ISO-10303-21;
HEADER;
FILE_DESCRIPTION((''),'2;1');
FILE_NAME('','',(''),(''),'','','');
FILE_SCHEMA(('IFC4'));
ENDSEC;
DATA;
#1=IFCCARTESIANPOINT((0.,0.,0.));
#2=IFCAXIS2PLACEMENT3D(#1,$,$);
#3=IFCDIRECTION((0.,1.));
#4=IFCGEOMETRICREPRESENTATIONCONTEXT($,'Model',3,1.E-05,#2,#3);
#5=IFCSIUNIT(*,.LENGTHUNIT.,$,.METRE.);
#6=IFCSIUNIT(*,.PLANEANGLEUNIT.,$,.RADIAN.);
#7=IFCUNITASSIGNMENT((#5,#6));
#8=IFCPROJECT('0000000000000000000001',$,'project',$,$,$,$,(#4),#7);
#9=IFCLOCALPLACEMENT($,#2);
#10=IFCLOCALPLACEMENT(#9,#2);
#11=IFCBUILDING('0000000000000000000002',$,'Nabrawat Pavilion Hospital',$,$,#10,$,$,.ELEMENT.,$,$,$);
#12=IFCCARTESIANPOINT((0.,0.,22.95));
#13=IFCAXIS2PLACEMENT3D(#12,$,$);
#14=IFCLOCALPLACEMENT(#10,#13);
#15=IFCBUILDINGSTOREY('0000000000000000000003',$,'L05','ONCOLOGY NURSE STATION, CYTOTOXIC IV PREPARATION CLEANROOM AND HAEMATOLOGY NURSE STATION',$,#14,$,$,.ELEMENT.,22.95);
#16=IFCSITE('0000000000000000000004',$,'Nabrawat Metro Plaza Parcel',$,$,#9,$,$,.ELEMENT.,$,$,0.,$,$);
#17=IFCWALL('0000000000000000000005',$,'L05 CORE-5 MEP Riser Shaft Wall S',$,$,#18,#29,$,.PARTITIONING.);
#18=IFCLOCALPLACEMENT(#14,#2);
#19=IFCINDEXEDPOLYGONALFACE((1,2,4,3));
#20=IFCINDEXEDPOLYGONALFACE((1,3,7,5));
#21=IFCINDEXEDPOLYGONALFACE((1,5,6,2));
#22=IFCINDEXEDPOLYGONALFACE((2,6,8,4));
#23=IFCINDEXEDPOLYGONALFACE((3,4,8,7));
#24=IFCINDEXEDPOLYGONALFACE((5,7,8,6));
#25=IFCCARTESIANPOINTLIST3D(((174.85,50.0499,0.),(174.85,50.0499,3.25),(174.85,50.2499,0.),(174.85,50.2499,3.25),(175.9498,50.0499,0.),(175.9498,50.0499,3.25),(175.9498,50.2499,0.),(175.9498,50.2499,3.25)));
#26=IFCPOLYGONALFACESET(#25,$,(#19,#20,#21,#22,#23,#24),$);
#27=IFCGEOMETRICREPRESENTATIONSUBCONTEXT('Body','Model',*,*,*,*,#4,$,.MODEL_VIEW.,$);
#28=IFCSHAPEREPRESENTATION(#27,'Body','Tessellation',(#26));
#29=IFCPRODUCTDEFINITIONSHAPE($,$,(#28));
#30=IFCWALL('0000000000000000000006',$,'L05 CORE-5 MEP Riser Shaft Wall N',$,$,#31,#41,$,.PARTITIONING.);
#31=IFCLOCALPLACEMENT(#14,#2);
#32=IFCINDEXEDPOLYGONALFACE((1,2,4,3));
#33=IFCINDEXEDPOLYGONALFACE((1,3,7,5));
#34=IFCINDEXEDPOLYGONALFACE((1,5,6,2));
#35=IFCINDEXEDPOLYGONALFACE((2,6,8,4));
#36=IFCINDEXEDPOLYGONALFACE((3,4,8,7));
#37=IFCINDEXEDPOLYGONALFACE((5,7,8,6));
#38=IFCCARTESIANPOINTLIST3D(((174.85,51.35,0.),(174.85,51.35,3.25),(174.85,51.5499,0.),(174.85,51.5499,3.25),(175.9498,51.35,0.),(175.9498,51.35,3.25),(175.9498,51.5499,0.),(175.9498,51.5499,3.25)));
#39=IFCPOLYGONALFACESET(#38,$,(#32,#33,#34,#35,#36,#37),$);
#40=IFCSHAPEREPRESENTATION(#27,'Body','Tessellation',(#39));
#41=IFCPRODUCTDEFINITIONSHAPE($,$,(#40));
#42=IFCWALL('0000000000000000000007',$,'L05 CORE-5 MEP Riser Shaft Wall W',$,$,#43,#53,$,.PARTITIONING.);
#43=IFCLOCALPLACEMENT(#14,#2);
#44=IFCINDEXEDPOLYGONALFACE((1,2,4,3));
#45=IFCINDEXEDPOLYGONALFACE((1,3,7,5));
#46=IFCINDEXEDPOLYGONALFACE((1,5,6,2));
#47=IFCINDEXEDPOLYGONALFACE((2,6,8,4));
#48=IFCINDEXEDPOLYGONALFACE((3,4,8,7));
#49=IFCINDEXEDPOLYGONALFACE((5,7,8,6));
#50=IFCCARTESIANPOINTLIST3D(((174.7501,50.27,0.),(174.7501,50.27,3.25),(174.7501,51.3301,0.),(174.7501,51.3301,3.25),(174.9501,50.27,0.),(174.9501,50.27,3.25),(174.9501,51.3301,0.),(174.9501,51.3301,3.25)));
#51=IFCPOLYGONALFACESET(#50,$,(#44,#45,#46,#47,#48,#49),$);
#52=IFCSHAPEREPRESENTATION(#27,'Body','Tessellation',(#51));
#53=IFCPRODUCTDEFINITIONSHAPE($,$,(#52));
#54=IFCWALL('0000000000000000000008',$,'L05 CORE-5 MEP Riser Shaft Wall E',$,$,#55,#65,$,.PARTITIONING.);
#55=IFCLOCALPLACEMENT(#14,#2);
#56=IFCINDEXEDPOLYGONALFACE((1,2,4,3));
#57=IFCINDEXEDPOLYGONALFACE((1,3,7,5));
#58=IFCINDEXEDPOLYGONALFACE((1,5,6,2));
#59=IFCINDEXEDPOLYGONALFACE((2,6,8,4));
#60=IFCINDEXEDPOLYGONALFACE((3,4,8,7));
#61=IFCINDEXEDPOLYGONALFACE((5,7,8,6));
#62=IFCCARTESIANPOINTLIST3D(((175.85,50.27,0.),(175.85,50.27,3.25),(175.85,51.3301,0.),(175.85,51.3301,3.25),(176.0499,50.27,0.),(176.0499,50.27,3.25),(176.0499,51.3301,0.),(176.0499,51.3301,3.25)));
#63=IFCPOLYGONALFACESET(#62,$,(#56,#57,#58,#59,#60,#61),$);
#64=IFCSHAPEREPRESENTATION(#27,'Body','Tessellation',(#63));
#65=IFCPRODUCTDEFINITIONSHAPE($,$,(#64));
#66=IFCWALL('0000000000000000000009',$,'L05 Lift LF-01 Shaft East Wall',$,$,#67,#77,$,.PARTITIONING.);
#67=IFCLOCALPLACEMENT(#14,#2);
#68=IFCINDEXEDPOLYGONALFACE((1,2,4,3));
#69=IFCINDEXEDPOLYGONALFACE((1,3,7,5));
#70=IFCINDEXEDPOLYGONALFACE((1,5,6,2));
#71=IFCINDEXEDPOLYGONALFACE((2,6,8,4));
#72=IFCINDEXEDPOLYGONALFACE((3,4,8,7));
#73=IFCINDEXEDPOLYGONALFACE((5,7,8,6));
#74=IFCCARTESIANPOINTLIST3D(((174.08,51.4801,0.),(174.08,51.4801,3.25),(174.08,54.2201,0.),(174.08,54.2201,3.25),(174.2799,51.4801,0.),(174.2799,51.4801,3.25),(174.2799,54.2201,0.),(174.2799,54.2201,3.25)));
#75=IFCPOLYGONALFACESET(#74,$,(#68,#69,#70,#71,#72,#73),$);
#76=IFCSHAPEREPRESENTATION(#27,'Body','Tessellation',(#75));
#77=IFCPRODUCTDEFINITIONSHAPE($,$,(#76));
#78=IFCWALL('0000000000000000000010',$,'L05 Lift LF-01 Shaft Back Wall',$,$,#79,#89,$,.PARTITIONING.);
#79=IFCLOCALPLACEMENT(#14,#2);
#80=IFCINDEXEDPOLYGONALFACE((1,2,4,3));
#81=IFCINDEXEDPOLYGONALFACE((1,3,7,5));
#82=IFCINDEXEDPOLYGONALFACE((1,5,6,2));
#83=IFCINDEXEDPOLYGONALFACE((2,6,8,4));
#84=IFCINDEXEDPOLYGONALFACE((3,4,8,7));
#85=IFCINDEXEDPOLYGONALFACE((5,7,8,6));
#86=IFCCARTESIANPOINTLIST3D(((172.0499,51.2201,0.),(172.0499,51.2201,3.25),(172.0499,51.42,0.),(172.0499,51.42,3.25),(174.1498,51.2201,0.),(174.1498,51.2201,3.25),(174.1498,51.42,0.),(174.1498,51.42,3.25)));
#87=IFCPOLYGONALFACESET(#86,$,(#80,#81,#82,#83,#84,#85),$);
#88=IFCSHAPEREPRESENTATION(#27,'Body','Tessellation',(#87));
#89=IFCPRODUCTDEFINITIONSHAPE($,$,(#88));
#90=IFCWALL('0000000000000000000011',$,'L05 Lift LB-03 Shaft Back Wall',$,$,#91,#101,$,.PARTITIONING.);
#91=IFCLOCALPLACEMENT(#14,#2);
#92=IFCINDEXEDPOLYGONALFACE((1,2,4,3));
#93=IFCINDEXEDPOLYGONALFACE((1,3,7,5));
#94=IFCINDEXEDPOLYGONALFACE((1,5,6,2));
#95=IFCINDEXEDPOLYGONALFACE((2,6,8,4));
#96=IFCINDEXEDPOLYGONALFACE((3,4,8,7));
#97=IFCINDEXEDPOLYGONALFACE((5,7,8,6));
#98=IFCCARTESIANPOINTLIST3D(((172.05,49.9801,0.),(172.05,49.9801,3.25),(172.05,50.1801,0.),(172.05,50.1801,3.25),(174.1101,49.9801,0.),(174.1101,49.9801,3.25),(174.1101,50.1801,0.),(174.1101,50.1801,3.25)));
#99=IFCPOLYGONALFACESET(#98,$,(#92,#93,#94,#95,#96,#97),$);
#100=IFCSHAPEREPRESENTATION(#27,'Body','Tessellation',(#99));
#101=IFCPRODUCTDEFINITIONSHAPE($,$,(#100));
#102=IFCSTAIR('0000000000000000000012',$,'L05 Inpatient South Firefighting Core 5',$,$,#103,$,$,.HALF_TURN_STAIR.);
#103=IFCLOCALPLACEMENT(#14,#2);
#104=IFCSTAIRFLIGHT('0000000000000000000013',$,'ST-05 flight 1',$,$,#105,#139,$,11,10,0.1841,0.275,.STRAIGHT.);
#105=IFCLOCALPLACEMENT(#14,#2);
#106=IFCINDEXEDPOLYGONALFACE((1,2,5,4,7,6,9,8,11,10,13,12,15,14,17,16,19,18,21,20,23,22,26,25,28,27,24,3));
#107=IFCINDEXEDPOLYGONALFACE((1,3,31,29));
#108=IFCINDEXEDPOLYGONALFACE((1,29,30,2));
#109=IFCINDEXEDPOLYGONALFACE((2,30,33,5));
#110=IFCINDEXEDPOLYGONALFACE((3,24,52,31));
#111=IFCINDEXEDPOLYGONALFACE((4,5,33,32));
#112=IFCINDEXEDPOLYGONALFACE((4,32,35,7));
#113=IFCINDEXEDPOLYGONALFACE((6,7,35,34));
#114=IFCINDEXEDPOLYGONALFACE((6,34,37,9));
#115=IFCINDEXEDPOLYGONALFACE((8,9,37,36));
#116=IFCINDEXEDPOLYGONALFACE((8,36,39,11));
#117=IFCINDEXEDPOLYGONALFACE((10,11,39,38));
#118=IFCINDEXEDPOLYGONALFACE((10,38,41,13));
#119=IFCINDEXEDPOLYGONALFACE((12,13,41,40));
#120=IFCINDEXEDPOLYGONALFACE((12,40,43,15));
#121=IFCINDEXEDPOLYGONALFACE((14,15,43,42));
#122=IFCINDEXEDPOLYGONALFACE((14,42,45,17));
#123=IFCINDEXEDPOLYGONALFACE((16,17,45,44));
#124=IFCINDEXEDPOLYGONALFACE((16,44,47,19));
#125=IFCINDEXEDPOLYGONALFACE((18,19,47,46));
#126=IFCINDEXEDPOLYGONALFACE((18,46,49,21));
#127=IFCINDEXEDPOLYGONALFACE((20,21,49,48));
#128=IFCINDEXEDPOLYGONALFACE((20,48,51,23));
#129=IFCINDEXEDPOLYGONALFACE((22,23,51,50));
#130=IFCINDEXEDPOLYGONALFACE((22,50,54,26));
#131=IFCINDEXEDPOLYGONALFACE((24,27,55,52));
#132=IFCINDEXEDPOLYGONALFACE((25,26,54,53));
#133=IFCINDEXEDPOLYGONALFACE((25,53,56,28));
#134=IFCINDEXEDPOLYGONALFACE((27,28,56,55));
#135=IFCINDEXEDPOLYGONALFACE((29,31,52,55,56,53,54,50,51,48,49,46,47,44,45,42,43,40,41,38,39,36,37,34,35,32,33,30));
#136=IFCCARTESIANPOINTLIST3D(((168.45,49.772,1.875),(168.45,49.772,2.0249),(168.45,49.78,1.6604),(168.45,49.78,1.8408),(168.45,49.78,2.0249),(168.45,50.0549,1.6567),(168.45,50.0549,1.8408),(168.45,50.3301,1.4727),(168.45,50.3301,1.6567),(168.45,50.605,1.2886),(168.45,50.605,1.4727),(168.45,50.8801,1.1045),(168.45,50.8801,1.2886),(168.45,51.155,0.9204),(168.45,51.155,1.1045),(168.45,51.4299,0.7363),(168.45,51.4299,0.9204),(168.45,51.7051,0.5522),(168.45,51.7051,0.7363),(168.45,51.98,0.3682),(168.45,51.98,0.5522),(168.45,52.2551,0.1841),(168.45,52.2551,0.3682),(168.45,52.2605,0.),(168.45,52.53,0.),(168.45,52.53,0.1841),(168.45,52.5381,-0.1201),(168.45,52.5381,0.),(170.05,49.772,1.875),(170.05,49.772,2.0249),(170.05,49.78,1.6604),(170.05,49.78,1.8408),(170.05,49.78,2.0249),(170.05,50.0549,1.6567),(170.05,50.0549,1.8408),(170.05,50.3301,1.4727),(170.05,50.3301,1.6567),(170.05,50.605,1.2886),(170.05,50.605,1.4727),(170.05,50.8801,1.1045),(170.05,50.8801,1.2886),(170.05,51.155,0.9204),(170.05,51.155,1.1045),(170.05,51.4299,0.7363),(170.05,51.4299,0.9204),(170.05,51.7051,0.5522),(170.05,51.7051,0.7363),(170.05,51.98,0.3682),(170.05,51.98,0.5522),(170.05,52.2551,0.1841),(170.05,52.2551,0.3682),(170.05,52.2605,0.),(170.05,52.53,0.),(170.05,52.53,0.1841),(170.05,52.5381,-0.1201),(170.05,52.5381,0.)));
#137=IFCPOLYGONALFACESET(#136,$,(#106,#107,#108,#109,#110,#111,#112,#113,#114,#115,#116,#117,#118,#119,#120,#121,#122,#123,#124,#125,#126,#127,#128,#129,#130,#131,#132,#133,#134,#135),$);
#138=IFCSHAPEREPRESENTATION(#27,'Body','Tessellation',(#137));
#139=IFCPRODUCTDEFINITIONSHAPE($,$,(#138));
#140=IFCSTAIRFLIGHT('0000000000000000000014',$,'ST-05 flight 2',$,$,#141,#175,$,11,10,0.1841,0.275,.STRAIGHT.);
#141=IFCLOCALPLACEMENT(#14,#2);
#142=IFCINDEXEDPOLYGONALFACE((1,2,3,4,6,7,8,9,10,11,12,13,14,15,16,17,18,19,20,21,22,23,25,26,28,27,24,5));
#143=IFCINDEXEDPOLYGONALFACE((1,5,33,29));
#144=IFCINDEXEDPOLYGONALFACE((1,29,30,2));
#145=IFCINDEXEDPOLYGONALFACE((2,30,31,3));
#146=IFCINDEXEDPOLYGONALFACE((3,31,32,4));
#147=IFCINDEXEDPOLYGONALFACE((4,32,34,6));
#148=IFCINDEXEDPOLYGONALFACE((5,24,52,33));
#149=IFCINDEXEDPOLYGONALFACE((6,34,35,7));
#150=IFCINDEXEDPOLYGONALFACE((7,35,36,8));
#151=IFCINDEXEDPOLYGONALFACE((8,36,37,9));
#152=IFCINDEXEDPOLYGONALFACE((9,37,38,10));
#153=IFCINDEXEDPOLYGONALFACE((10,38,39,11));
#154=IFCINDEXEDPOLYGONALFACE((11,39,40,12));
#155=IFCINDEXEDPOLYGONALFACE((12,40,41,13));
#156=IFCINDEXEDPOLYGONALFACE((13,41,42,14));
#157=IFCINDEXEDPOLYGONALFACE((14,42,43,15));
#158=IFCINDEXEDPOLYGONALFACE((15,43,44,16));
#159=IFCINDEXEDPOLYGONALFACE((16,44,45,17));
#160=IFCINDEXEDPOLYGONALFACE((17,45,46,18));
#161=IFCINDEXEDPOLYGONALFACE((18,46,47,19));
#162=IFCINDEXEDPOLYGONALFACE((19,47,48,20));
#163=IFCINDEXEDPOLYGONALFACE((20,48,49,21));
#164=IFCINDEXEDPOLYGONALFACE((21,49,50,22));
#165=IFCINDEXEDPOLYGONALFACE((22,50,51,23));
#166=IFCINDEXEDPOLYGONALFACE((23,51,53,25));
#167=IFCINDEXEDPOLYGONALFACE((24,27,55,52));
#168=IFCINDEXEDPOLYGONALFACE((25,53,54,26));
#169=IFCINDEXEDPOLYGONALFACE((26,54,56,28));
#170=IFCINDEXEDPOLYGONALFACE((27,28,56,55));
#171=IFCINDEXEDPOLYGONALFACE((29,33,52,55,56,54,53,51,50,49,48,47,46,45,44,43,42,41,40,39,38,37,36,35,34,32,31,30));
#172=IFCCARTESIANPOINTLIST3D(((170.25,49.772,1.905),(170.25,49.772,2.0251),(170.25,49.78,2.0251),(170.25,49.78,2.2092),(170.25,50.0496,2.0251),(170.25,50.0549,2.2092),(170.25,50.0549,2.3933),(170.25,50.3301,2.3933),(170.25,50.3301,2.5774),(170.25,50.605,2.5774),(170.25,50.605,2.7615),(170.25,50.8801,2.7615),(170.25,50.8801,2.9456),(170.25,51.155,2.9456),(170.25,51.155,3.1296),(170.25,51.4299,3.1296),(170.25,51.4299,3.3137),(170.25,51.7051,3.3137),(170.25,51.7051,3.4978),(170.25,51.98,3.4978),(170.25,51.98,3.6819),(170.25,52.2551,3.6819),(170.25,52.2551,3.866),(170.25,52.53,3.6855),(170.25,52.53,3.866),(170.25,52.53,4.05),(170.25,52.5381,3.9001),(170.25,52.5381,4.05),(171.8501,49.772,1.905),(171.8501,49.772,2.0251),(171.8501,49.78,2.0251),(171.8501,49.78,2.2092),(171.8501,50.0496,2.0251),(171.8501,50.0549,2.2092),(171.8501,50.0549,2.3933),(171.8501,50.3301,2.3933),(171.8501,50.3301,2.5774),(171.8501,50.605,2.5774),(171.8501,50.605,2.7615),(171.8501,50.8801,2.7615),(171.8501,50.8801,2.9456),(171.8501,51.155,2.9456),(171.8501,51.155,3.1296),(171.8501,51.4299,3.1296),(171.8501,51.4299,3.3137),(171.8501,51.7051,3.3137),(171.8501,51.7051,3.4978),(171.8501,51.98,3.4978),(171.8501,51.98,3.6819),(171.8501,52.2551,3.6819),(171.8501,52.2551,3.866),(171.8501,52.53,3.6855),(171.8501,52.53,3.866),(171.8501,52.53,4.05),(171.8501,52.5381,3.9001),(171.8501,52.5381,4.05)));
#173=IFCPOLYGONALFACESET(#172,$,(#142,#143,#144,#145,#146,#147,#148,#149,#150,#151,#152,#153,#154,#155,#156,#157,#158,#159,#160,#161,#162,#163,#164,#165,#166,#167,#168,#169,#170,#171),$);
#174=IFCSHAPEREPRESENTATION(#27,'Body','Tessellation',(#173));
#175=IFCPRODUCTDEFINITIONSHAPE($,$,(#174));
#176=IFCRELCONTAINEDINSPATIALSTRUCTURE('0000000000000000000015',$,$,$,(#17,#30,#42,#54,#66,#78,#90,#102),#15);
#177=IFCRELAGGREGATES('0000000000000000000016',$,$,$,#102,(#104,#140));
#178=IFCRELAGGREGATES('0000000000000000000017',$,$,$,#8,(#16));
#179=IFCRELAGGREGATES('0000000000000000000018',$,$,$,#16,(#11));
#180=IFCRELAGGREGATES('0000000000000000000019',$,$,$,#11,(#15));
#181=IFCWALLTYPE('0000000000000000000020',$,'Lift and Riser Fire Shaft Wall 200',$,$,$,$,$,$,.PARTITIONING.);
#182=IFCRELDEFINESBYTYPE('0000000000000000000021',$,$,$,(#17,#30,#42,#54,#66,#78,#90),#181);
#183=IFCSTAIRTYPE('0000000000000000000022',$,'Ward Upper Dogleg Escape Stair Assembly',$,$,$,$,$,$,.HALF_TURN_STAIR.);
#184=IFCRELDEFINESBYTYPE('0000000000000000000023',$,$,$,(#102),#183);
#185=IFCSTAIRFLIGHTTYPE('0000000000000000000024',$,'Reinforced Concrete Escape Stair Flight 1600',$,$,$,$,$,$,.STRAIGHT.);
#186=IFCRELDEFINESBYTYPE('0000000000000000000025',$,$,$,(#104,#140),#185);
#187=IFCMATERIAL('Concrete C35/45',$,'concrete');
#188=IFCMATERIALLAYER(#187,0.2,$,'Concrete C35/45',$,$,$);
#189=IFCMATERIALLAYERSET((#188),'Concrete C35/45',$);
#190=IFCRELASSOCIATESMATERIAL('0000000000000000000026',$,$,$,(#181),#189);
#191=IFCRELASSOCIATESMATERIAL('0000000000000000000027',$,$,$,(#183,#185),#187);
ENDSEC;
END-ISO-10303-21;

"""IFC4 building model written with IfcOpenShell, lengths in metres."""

from ifc_helpers import new_model, si_unit, direction, frame, frame_2d, origin, place, context, subcontext, project, spatial, polyline, rectangle, outline, extrude, material, layer, layer_set, type_object, element, aggregate, save


model = new_model("IFC4")

# Units and contexts
model_context = context("Model", 3, precision=1e-05, world=origin(), true_north=direction((0.0, 1.0)))
body_context = subcontext(model_context, "Body", "Model", "MODEL_VIEW")
ifc_project = project(units=[si_unit("LENGTHUNIT", "METRE"), si_unit("PLANEANGLEUNIT", "RADIAN")], contexts=[model_context])

# Site, building, storey
site_placement = place(None, origin())
site = spatial("IfcSite", under=ifc_project, at=site_placement, Name="Nabrawat Metro Plaza Parcel", CompositionType="ELEMENT", RefElevation=0.0)
building_placement = place(site_placement, origin())
building = spatial("IfcBuilding", under=site, at=building_placement, Name="Nabrawat Pavilion Hospital", CompositionType="ELEMENT")
storey_placement = place(building_placement, frame((0.0, 0.0, 22.95)))
storey = spatial("IfcBuildingStorey", under=building, at=storey_placement, Name="L05", Description="ONCOLOGY NURSE STATION, CYTOTOXIC IV PREPARATION CLEANROOM AND HAEMATOLOGY NURSE STATION", CompositionType="ELEMENT", Elevation=22.95)

# Walls
ifc_material_1 = material(Name="Concrete C35/45", Category="concrete")
ifc_layer_1 = layer(ifc_material_1, 0.2, Name="Concrete C35/45")
ifc_layer_set_1 = layer_set([ifc_layer_1], Name="Concrete C35/45")
wall_type = type_object("IfcWallType", Name="Lift and Riser Fire Shaft Wall 200", PredefinedType="PARTITIONING", material=ifc_layer_set_1)
for number, where, z_axis, x_axis, name in (
    (1, (174.8501, 50.1499, 0.0), (0.0, 0.0, 1.0), (1.0, 0.0, 0.0), "L05 CORE-5 MEP Riser Shaft Wall S"),
    (2, (174.8501, 51.45, 0.0), (0.0, 0.0, 1.0), (1.0, 0.0, 0.0), "L05 CORE-5 MEP Riser Shaft Wall N"),
):
    element("IfcWall", number, at=place(storey_placement, frame(where, z_axis=z_axis, x_axis=x_axis)), inside=storey, type_object=wall_type, Name=name, PredefinedType="PARTITIONING", context=body_context, shape_type="SweptSolid", body=[
        extrude(rectangle(XDim=1.0999, YDim=0.2, at=frame_2d((0.5498, 0.0))), origin(), (0.0, 0.0, 1.0), 3.25),
    ])
for number, where, z_axis, x_axis, name in (
    (3, (174.8501, 50.27, 0.0), (0.0, 0.0, 1.0), (0.0, 1.0, 0.0), "L05 CORE-5 MEP Riser Shaft Wall W"),
    (4, (175.95, 50.27, 0.0), (0.0, 0.0, 1.0), (0.0, 1.0, 0.0), "L05 CORE-5 MEP Riser Shaft Wall E"),
):
    element("IfcWall", number, at=place(storey_placement, frame(where, z_axis=z_axis, x_axis=x_axis)), inside=storey, type_object=wall_type, Name=name, PredefinedType="PARTITIONING", context=body_context, shape_type="SweptSolid", body=[
        extrude(rectangle(XDim=1.0601, YDim=0.2, at=frame_2d((0.53, 0.0))), origin(), (0.0, 0.0, 1.0), 3.25),
    ])
wall_1_placement = place(storey_placement, frame((174.1799, 51.48, 0.0), z_axis=(0.0, 0.0, 1.0), x_axis=(0.0, 1.0, 0.0)))
element("IfcWall", 5, at=wall_1_placement, inside=storey, type_object=wall_type, Name="L05 Lift LF-01 Shaft East Wall", PredefinedType="PARTITIONING", context=body_context, shape_type="SweptSolid", body=[
    extrude(rectangle(XDim=2.74, YDim=0.2, at=frame_2d((1.3701, 0.0))), origin(), (0.0, 0.0, 1.0), 3.25),
])
wall_2_placement = place(storey_placement, frame((172.05, 51.3201, 0.0), z_axis=(0.0, 0.0, 1.0), x_axis=(1.0, 0.0, 0.0)))
element("IfcWall", 6, at=wall_2_placement, inside=storey, type_object=wall_type, Name="L05 Lift LF-01 Shaft Back Wall", PredefinedType="PARTITIONING", context=body_context, shape_type="SweptSolid", body=[
    extrude(rectangle(XDim=2.0999, YDim=0.2, at=frame_2d((1.0498, 0.0))), origin(), (0.0, 0.0, 1.0), 3.25),
])
wall_3_placement = place(storey_placement, frame((172.05, 50.0801, 0.0), z_axis=(0.0, 0.0, 1.0), x_axis=(1.0, 0.0, 0.0)))
element("IfcWall", 7, at=wall_3_placement, inside=storey, type_object=wall_type, Name="L05 Lift LB-03 Shaft Back Wall", PredefinedType="PARTITIONING", context=body_context, shape_type="SweptSolid", body=[
    extrude(rectangle(XDim=2.0601, YDim=0.2, at=frame_2d((1.03, 0.0))), origin(), (0.0, 0.0, 1.0), 3.25),
])

# Stair, stair flights
stair_type = type_object("IfcStairType", Name="Ward Upper Dogleg Escape Stair Assembly", PredefinedType="HALF_TURN_STAIR", material=ifc_material_1)
stair_placement = place(storey_placement, origin())
stair = element("IfcStair", 8, at=stair_placement, inside=storey, type_object=stair_type, Name="L05 Inpatient South Firefighting Core 5", PredefinedType="HALF_TURN_STAIR")
stair_flight_type = type_object("IfcStairFlightType", Name="Reinforced Concrete Escape Stair Flight 1600", PredefinedType="STRAIGHT", material=ifc_material_1)
stair_flight_1_placement = place(storey_placement, frame((169.25, 52.53, 0.0), z_axis=(0.0, 0.0, 1.0), x_axis=(0.0, -1.0, 0.0)))
stair_flight_1 = element("IfcStairFlight", 9, at=stair_flight_1_placement, type_object=stair_flight_type, Name="ST-05 flight 1", NumberOfRisers=11, NumberOfTreads=10, PredefinedType="STRAIGHT", RiserHeight=0.1841, TreadLength=0.275, context=body_context, shape_type="SweptSolid", body=[
    extrude(outline(polyline([(-0.0081, 0.0), (0.0, 0.0), (0.0, 0.1841), (0.2749, 0.1841), (0.2749, 0.3682), (0.55, 0.3682), (0.55, 0.5522), (0.825, 0.5522), (0.825, 0.7363), (1.1001, 0.7363), (1.1001, 0.9204), (1.375, 0.9204), (1.375, 1.1045), (1.6499, 1.1045), (1.6499, 1.2886), (1.925, 1.2886), (1.925, 1.4727), (2.2, 1.4727), (2.2, 1.6567), (2.4751, 1.6567), (2.4751, 1.8408), (2.75, 1.8408), (2.75, 2.0249), (2.7581, 2.0249), (2.7581, 1.875), (2.75, 1.6604), (0.2695, 0.0), (-0.0081, -0.1201), (-0.0081, 0.0)])), frame((0.0, 0.8, 0.0), z_axis=(0.0, -1.0, 0.0), x_axis=(1.0, 0.0, 0.0)), (0.0, 0.0, 1.0), 1.6001),
])
stair_flight_2_placement = place(storey_placement, frame((171.05, 49.78, 2.0251), z_axis=(0.0, 0.0, 1.0), x_axis=(0.0, 1.0, 0.0)))
stair_flight_2 = element("IfcStairFlight", 10, at=stair_flight_2_placement, type_object=stair_flight_type, Name="ST-05 flight 2", NumberOfRisers=11, NumberOfTreads=10, PredefinedType="STRAIGHT", RiserHeight=0.1841, TreadLength=0.275, context=body_context, shape_type="SweptSolid", body=[
    extrude(outline(polyline([(-0.0081, 0.0), (0.0, 0.0), (0.0, 0.1841), (0.2749, 0.1841), (0.2749, 0.3682), (0.55, 0.3682), (0.55, 0.5522), (0.825, 0.5522), (0.825, 0.7363), (1.1001, 0.7363), (1.1001, 0.9204), (1.375, 0.9204), (1.375, 1.1045), (1.6499, 1.1045), (1.6499, 1.2886), (1.925, 1.2886), (1.925, 1.4727), (2.2, 1.4727), (2.2, 1.6567), (2.4751, 1.6567), (2.4751, 1.8408), (2.75, 1.8408), (2.75, 2.0249), (2.7581, 2.0249), (2.7581, 1.875), (2.75, 1.6604), (0.2695, 0.0), (-0.0081, -0.1201), (-0.0081, 0.0)])), frame((0.0, 0.8, 0.0), z_axis=(0.0, -1.0, 0.0), x_axis=(1.0, 0.0, 0.0)), (0.0, 0.0, 1.0), 1.6001),
])
aggregate(stair, [stair_flight_1, stair_flight_2])

save(model, "model.ifc")
